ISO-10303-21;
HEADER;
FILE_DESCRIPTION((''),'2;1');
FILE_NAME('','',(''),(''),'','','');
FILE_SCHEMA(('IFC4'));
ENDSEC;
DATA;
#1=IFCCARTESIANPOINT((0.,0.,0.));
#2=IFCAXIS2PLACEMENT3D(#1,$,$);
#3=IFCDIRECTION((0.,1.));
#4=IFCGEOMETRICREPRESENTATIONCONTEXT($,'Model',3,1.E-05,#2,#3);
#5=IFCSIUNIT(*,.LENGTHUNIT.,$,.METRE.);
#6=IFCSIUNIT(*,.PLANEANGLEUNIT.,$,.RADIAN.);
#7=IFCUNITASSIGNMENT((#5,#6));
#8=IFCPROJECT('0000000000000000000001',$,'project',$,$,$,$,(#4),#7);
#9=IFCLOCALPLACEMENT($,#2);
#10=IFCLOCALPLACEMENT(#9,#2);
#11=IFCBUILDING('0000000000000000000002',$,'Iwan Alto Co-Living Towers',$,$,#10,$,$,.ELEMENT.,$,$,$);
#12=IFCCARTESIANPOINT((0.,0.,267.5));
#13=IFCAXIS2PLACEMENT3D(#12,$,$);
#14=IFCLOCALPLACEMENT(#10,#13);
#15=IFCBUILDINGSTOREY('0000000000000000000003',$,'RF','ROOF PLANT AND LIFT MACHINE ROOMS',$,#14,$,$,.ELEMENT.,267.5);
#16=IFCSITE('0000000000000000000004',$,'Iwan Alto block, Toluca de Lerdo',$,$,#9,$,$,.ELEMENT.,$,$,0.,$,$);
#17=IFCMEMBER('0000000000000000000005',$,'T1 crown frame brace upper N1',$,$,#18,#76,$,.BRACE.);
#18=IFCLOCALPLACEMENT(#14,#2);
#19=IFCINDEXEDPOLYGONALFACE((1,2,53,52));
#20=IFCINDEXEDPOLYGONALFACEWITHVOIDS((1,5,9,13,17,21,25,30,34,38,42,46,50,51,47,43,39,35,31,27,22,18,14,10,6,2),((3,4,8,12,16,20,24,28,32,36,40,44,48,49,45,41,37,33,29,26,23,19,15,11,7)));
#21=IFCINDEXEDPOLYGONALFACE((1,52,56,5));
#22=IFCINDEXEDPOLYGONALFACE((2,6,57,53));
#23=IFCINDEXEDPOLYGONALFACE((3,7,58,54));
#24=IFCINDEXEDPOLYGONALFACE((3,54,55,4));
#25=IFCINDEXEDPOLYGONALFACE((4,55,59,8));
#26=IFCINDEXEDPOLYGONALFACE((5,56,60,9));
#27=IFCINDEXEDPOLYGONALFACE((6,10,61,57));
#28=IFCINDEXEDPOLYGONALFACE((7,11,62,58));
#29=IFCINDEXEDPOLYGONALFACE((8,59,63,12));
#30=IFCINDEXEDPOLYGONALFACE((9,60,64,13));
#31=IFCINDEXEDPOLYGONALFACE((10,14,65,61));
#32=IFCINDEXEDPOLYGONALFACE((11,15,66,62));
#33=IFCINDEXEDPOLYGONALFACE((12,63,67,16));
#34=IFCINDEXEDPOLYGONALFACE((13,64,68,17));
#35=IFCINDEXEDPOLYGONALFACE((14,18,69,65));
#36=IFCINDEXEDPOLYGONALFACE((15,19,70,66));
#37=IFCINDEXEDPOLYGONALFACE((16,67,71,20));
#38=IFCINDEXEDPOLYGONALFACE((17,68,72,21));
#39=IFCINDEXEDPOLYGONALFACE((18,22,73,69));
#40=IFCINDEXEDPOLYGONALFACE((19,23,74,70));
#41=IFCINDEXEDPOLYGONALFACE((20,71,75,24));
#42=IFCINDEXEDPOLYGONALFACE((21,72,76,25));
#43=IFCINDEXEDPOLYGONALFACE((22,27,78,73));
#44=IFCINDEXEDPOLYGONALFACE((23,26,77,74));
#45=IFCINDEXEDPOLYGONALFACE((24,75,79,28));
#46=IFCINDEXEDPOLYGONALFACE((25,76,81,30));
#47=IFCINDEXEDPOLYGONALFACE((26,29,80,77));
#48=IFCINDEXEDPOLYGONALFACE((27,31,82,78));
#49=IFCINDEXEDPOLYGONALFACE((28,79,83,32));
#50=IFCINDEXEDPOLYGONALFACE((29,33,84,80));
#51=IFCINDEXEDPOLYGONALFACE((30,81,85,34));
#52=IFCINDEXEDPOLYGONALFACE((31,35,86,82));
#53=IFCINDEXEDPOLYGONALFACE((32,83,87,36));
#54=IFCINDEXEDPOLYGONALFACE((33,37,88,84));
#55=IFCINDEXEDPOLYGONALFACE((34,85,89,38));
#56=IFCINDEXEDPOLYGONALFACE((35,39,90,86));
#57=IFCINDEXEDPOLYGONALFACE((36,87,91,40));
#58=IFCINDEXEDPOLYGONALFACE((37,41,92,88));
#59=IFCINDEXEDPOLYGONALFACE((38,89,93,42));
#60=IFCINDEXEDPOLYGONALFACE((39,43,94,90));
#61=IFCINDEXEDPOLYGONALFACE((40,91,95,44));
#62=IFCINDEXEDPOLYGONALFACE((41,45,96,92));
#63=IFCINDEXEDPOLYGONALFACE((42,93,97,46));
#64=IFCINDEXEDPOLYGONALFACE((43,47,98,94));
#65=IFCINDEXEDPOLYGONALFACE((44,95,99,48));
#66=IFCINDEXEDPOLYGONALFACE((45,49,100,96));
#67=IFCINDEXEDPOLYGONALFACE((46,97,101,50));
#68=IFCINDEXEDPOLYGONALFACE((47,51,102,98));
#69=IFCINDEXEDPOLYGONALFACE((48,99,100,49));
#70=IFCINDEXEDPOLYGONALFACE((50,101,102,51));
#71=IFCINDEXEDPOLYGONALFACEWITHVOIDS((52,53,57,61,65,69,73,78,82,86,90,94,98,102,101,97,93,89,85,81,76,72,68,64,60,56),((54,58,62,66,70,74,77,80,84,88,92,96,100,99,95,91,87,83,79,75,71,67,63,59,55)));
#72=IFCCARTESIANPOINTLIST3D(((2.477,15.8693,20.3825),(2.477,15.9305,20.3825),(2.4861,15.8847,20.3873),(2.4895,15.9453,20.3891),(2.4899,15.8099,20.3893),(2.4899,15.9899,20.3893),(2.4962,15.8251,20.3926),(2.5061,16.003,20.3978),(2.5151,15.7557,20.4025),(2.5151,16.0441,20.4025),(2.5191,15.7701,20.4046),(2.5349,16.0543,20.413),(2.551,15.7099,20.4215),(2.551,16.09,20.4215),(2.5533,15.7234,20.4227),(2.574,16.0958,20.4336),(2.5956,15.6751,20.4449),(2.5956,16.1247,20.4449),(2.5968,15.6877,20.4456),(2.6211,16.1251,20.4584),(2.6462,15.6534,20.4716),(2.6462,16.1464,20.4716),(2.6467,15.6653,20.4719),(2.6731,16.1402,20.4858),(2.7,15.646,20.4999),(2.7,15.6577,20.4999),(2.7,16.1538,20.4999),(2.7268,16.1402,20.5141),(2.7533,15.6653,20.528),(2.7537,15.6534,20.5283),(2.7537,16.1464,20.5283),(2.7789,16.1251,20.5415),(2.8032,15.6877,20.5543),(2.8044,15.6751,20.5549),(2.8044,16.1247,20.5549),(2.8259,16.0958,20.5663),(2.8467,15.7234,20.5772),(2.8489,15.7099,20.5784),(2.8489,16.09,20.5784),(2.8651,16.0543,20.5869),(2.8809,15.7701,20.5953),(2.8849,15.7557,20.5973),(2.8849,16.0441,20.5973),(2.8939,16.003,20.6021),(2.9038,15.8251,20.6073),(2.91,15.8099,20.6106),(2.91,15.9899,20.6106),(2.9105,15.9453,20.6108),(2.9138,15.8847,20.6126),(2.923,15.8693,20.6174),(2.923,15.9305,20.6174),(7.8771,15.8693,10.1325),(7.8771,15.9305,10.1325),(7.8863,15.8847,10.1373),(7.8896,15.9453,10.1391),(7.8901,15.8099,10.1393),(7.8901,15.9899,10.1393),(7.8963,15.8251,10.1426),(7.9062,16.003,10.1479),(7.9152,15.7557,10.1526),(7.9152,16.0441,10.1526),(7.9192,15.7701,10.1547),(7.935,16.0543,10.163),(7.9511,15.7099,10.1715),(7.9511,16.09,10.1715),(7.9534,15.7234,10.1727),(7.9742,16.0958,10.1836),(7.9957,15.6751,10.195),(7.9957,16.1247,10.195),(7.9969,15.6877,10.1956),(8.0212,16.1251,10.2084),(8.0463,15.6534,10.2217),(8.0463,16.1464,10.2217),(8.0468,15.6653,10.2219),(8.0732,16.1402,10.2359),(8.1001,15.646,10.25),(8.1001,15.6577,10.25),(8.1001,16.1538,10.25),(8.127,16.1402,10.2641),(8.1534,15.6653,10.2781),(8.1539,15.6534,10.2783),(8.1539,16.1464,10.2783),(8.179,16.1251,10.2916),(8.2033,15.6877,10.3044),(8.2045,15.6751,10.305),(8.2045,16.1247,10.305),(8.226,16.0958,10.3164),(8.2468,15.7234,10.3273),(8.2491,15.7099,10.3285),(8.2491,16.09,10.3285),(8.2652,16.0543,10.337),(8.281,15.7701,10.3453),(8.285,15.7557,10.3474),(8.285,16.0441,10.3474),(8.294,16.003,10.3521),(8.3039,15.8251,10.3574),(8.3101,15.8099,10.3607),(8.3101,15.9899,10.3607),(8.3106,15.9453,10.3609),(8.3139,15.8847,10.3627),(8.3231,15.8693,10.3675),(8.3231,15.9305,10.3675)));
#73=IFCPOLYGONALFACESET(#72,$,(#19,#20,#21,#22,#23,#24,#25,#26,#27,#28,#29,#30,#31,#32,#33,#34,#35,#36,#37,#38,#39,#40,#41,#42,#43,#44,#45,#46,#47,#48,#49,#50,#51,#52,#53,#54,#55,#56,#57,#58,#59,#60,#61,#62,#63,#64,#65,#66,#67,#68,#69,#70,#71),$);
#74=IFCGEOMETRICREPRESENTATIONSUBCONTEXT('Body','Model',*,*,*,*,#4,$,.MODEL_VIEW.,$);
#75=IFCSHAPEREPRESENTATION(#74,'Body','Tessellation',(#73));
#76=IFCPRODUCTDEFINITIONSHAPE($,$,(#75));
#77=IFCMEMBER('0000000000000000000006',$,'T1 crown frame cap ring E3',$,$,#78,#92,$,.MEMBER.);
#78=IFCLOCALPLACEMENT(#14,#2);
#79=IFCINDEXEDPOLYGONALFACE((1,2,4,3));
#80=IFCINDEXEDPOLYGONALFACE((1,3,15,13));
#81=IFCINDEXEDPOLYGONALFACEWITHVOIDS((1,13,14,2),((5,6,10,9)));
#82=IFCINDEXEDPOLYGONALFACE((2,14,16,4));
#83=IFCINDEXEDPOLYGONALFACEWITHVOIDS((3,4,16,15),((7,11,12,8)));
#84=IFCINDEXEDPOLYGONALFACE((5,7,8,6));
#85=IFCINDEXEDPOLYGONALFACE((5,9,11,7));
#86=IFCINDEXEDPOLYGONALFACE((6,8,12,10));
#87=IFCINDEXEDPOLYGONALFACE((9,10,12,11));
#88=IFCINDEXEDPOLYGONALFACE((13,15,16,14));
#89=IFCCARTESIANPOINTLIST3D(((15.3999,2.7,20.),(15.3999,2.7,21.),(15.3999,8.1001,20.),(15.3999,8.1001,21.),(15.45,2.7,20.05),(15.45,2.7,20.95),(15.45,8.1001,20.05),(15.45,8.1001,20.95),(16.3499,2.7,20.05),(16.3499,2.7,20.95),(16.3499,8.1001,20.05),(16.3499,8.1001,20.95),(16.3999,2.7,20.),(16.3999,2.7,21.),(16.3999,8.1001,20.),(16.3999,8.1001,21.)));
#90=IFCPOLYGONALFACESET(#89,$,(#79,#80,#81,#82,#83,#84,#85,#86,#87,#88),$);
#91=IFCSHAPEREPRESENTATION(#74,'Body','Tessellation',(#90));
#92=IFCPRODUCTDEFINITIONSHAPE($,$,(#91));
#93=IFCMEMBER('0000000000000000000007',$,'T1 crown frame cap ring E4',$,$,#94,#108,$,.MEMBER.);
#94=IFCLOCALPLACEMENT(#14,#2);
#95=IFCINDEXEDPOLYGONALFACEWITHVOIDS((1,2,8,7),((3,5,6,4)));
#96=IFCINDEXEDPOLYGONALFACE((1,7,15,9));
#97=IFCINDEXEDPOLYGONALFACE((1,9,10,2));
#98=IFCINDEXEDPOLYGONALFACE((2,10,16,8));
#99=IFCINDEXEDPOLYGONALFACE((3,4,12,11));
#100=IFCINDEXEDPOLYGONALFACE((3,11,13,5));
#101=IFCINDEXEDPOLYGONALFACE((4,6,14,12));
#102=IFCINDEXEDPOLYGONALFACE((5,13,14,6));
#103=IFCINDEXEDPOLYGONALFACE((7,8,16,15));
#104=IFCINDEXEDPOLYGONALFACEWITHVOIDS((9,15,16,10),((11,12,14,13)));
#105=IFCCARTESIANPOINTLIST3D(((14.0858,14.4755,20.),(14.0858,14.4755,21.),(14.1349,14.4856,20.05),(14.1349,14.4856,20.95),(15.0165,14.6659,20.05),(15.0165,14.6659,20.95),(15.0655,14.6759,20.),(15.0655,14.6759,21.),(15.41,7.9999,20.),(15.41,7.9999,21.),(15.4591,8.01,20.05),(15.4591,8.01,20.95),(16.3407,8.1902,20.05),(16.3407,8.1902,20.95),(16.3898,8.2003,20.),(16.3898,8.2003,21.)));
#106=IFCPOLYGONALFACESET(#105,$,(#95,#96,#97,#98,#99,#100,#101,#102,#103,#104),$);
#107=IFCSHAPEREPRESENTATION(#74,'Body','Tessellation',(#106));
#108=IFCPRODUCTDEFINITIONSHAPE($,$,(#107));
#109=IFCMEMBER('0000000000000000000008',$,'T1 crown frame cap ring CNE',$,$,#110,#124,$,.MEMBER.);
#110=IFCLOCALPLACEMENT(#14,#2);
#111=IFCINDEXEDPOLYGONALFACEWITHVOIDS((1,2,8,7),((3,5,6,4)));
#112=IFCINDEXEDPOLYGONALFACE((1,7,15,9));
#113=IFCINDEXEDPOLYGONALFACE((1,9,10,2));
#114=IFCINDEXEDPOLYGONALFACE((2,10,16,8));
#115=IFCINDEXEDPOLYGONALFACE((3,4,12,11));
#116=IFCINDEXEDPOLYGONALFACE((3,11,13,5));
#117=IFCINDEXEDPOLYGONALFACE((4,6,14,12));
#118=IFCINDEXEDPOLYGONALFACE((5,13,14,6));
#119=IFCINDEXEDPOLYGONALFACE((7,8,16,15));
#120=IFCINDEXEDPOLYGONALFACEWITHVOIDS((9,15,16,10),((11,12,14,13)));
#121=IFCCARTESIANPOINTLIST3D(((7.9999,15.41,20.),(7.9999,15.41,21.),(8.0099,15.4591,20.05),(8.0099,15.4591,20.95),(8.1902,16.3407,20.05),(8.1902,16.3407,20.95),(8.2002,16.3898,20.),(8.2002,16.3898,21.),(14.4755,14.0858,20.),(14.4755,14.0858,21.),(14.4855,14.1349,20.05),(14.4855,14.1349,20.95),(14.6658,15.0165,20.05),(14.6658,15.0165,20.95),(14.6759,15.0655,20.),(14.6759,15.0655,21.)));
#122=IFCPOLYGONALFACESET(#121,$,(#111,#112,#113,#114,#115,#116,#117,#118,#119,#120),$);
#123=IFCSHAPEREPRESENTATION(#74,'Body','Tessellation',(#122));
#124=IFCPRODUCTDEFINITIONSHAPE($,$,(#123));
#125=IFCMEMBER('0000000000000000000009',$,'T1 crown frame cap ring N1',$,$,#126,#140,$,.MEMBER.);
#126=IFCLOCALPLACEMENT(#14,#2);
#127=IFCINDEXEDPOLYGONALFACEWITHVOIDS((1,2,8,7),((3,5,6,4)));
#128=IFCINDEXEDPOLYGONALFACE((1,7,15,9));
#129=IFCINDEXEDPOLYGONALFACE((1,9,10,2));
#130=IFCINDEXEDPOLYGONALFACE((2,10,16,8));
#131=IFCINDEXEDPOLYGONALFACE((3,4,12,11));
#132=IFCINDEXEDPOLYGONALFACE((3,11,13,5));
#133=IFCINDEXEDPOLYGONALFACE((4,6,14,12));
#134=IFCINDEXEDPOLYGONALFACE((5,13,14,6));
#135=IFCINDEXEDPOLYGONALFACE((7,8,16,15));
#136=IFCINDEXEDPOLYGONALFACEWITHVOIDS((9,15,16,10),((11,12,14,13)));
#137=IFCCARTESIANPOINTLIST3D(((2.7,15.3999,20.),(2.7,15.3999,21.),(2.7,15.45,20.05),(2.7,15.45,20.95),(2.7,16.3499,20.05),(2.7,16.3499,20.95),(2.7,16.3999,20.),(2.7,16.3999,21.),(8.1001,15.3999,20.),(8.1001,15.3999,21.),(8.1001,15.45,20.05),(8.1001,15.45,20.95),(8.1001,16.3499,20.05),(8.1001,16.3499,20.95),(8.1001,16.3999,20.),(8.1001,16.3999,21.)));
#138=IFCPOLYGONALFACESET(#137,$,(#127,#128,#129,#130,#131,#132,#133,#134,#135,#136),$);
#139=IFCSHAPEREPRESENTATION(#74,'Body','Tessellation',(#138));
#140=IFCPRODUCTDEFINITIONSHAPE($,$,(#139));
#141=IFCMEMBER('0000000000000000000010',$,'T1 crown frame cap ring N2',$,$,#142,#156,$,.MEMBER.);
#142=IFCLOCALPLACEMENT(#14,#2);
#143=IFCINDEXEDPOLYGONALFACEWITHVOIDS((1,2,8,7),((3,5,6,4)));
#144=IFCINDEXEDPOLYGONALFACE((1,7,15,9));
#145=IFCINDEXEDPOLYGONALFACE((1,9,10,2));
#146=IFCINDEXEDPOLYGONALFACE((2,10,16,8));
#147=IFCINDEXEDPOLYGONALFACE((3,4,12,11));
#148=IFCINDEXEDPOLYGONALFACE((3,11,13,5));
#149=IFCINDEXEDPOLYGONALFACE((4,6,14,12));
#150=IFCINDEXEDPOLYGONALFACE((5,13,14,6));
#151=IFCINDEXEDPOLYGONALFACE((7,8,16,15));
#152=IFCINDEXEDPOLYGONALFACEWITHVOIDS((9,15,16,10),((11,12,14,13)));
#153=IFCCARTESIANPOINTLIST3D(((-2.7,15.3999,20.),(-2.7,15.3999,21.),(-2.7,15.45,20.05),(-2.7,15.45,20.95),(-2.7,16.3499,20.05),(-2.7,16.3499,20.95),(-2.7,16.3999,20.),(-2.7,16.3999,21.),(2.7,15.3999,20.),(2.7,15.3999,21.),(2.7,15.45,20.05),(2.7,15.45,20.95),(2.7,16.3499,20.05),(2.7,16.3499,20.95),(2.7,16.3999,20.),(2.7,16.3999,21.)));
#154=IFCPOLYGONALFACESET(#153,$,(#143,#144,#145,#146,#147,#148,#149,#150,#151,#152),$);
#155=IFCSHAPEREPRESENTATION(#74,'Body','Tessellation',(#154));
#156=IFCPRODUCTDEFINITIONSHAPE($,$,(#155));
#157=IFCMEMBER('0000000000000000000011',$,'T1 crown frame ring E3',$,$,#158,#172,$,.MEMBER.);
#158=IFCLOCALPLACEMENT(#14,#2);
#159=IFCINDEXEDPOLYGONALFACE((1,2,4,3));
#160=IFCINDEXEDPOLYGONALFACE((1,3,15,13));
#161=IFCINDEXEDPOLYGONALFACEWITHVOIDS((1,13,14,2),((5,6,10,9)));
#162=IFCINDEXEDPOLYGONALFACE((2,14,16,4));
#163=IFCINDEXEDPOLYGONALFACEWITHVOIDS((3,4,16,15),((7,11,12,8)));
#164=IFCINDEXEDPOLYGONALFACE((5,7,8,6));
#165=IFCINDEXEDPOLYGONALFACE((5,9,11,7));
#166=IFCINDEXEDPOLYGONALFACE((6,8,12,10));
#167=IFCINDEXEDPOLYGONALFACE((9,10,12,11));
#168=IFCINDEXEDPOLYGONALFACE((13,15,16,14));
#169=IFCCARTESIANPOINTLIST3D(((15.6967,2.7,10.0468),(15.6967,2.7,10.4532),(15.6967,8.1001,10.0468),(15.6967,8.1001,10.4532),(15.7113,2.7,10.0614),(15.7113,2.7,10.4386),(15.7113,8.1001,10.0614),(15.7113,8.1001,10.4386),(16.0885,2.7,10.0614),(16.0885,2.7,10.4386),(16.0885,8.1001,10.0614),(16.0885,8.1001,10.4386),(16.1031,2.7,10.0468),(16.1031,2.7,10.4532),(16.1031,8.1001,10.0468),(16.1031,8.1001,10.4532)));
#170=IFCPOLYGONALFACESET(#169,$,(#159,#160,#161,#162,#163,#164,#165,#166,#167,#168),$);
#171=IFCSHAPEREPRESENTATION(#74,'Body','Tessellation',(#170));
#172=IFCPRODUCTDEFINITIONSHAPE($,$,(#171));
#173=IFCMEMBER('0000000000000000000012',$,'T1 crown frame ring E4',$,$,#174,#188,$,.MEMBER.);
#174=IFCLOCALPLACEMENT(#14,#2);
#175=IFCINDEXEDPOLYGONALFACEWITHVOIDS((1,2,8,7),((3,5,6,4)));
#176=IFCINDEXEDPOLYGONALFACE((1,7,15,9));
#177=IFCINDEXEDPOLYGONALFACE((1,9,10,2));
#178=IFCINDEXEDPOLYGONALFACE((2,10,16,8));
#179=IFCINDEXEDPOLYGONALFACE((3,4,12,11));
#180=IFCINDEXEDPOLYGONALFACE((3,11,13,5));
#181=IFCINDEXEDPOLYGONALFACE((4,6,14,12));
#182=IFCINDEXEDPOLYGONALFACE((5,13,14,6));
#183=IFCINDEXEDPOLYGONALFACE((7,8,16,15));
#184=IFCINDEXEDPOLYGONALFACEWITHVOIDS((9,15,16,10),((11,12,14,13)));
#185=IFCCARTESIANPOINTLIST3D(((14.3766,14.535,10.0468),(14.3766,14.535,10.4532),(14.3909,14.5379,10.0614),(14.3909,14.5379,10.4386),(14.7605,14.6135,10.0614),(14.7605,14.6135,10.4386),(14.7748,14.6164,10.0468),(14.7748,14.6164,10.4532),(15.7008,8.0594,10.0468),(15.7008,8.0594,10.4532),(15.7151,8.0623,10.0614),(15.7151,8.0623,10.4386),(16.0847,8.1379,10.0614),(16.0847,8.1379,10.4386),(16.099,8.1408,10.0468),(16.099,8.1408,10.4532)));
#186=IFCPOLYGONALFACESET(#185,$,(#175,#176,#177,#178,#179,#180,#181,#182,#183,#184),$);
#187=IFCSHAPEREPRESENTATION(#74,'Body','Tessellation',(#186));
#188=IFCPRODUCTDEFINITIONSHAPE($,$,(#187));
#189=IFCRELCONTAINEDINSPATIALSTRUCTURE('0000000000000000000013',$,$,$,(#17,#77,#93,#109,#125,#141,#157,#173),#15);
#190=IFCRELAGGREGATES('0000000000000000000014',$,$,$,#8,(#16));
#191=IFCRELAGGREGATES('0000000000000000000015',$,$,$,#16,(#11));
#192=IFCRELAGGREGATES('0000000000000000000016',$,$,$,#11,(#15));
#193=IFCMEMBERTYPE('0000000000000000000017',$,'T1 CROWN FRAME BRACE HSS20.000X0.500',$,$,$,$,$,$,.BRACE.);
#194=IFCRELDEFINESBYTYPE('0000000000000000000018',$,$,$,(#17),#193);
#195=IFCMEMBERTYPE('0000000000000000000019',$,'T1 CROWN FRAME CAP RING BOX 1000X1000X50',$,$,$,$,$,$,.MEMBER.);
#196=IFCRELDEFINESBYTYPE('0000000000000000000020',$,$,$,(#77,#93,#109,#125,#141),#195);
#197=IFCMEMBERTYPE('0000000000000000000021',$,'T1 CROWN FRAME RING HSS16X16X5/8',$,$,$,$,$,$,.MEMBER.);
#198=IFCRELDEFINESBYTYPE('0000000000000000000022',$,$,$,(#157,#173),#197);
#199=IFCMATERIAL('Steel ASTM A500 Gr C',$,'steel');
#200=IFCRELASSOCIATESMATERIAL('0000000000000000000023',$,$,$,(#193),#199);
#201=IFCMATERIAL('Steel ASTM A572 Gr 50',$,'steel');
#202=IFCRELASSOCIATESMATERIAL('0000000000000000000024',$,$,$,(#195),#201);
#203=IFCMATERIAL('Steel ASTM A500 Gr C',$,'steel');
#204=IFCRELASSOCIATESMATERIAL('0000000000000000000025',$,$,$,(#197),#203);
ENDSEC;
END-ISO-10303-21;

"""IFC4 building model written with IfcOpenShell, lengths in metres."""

from ifc_helpers import new_model, si_unit, direction, frame, origin, origin_2d, place, context, subcontext, project, spatial, hollow_rectangle, hollow_circle, extrude, material, material_profile, profile_set, type_object, element, save


model = new_model("IFC4")

# Units and contexts
model_context = context("Model", 3, precision=1e-05, world=origin(), true_north=direction((0.0, 1.0)))
body_context = subcontext(model_context, "Body", "Model", "MODEL_VIEW")
ifc_project = project(units=[si_unit("LENGTHUNIT", "METRE"), si_unit("PLANEANGLEUNIT", "RADIAN")], contexts=[model_context])

# Site, building, storey
site_placement = place(None, origin())
site = spatial("IfcSite", under=ifc_project, at=site_placement, Name="Iwan Alto block, Toluca de Lerdo", CompositionType="ELEMENT", RefElevation=0.0)
building_placement = place(site_placement, origin())
building = spatial("IfcBuilding", under=site, at=building_placement, Name="Iwan Alto Co-Living Towers", CompositionType="ELEMENT")
storey_placement = place(building_placement, frame((0.0, 0.0, 267.5)))
storey = spatial("IfcBuildingStorey", under=building, at=storey_placement, Name="RF", Description="ROOF PLANT AND LIFT MACHINE ROOMS", CompositionType="ELEMENT", Elevation=267.5)

# Members
ifc_material_1 = material(Name="Steel ASTM A500 Gr C", Category="steel")
ifc_material_profile_1 = material_profile(ifc_material_1, hollow_circle(Radius=0.2539, WallThickness=0.0117, at=origin_2d()), Name="HSS20.000X0.500")
ifc_profile_set_1 = profile_set([ifc_material_profile_1], Name="Steel ASTM A500 Gr C")
member_type_1 = type_object("IfcMemberType", Name="T1 CROWN FRAME BRACE HSS20.000X0.500", PredefinedType="BRACE", material=ifc_profile_set_1)
member_1_placement = place(storey_placement, frame((8.1001, 15.8999, 10.25), z_axis=(-0.466112, 0.0, 0.884726), x_axis=(0.0, -1.0, 0.0)))
element("IfcMember", 1, at=member_1_placement, inside=storey, type_object=member_type_1, Name="T1 crown frame brace upper N1", PredefinedType="BRACE", context=body_context, shape_type="SweptSolid", body=[
    extrude(hollow_circle(Radius=0.2539, WallThickness=0.0117, at=origin_2d()), origin(), (0.0, 0.0, 1.0), 11.5854),
])
ifc_material_2 = material(Name="Steel ASTM A572 Gr 50", Category="steel")
ifc_material_profile_2 = material_profile(ifc_material_2, hollow_rectangle(XDim=1.0, YDim=1.0, WallThickness=0.05, at=origin_2d()), Name="BOX 1000X1000X50")
ifc_profile_set_2 = profile_set([ifc_material_profile_2], Name="Steel ASTM A572 Gr 50")
member_type_2 = type_object("IfcMemberType", Name="T1 CROWN FRAME CAP RING BOX 1000X1000X50", PredefinedType="MEMBER", material=ifc_profile_set_2)
member_2_placement = place(storey_placement, frame((15.8999, 2.7, 20.5), z_axis=(0.0, 1.0, 0.0), x_axis=(-1.0, 0.0, 0.0)))
element("IfcMember", 2, at=member_2_placement, inside=storey, type_object=member_type_2, Name="T1 crown frame cap ring E3", PredefinedType="MEMBER", context=body_context, shape_type="SweptSolid", body=[
    extrude(hollow_rectangle(XDim=1.0, YDim=1.0, WallThickness=0.05, at=origin_2d()), origin(), (0.0, 0.0, 1.0), 5.4001),
])
for number, where, z_axis, x_axis, name in (
    (3, (15.8999, 8.1001, 20.5), (-0.200348, 0.979725, 0.0), (-0.979725, -0.200348, 0.0), "T1 crown frame cap ring E4"),
    (4, (14.5757, 14.5757, 20.5), (-0.979725, 0.200348, 0.0), (-0.200348, -0.979725, 0.0), "T1 crown frame cap ring CNE"),
):
    element("IfcMember", number, at=place(storey_placement, frame(where, z_axis=z_axis, x_axis=x_axis)), inside=storey, type_object=member_type_2, Name=name, PredefinedType="MEMBER", context=body_context, shape_type="SweptSolid", body=[
        extrude(hollow_rectangle(XDim=1.0, YDim=1.0, WallThickness=0.05, at=origin_2d()), origin(), (0.0, 0.0, 1.0), 6.6096),
    ])
member_3_placement = place(storey_placement, frame((8.1001, 15.8999, 20.5), z_axis=(-1.0, 0.0, 0.0), x_axis=(0.0, -1.0, 0.0)))
element("IfcMember", 5, at=member_3_placement, inside=storey, type_object=member_type_2, Name="T1 crown frame cap ring N1", PredefinedType="MEMBER", context=body_context, shape_type="SweptSolid", body=[
    extrude(hollow_rectangle(XDim=1.0, YDim=1.0, WallThickness=0.05, at=origin_2d()), origin(), (0.0, 0.0, 1.0), 5.4001),
])
member_4_placement = place(storey_placement, frame((2.7, 15.8999, 20.5), z_axis=(-1.0, 0.0, 0.0), x_axis=(0.0, -1.0, 0.0)))
element("IfcMember", 6, at=member_4_placement, inside=storey, type_object=member_type_2, Name="T1 crown frame cap ring N2", PredefinedType="MEMBER", context=body_context, shape_type="SweptSolid", body=[
    extrude(hollow_rectangle(XDim=1.0, YDim=1.0, WallThickness=0.05, at=origin_2d()), origin(), (0.0, 0.0, 1.0), 5.3999),
])
ifc_material_3 = material(Name="Steel ASTM A500 Gr C", Category="steel")
ifc_material_profile_3 = material_profile(ifc_material_3, hollow_rectangle(XDim=0.4065, YDim=0.4065, WallThickness=0.0146, at=origin_2d()), Name="HSS16X16X5/8")
ifc_profile_set_3 = profile_set([ifc_material_profile_3], Name="Steel ASTM A500 Gr C")
member_type_3 = type_object("IfcMemberType", Name="T1 CROWN FRAME RING HSS16X16X5/8", PredefinedType="MEMBER", material=ifc_profile_set_3)
member_5_placement = place(storey_placement, frame((15.8999, 2.7, 10.25), z_axis=(0.0, 1.0, 0.0), x_axis=(-1.0, 0.0, 0.0)))
element("IfcMember", 7, at=member_5_placement, inside=storey, type_object=member_type_3, Name="T1 crown frame ring E3", PredefinedType="MEMBER", context=body_context, shape_type="SweptSolid", body=[
    extrude(hollow_rectangle(XDim=0.4065, YDim=0.4065, WallThickness=0.0146, at=origin_2d()), origin(), (0.0, 0.0, 1.0), 5.4001),
])
for number, where, z_axis, x_axis, name in (
    (8, (15.8999, 8.1001, 10.25), (-0.200348, 0.979725, 0.0), (-0.979725, -0.200348, 0.0), "T1 crown frame ring E4"),
):
    element("IfcMember", number, at=place(storey_placement, frame(where, z_axis=z_axis, x_axis=x_axis)), inside=storey, type_object=member_type_3, Name=name, PredefinedType="MEMBER", context=body_context, shape_type="SweptSolid", body=[
        extrude(hollow_rectangle(XDim=0.4065, YDim=0.4065, WallThickness=0.0146, at=origin_2d()), origin(), (0.0, 0.0, 1.0), 6.6096),
    ])

save(model, "model.ifc")
